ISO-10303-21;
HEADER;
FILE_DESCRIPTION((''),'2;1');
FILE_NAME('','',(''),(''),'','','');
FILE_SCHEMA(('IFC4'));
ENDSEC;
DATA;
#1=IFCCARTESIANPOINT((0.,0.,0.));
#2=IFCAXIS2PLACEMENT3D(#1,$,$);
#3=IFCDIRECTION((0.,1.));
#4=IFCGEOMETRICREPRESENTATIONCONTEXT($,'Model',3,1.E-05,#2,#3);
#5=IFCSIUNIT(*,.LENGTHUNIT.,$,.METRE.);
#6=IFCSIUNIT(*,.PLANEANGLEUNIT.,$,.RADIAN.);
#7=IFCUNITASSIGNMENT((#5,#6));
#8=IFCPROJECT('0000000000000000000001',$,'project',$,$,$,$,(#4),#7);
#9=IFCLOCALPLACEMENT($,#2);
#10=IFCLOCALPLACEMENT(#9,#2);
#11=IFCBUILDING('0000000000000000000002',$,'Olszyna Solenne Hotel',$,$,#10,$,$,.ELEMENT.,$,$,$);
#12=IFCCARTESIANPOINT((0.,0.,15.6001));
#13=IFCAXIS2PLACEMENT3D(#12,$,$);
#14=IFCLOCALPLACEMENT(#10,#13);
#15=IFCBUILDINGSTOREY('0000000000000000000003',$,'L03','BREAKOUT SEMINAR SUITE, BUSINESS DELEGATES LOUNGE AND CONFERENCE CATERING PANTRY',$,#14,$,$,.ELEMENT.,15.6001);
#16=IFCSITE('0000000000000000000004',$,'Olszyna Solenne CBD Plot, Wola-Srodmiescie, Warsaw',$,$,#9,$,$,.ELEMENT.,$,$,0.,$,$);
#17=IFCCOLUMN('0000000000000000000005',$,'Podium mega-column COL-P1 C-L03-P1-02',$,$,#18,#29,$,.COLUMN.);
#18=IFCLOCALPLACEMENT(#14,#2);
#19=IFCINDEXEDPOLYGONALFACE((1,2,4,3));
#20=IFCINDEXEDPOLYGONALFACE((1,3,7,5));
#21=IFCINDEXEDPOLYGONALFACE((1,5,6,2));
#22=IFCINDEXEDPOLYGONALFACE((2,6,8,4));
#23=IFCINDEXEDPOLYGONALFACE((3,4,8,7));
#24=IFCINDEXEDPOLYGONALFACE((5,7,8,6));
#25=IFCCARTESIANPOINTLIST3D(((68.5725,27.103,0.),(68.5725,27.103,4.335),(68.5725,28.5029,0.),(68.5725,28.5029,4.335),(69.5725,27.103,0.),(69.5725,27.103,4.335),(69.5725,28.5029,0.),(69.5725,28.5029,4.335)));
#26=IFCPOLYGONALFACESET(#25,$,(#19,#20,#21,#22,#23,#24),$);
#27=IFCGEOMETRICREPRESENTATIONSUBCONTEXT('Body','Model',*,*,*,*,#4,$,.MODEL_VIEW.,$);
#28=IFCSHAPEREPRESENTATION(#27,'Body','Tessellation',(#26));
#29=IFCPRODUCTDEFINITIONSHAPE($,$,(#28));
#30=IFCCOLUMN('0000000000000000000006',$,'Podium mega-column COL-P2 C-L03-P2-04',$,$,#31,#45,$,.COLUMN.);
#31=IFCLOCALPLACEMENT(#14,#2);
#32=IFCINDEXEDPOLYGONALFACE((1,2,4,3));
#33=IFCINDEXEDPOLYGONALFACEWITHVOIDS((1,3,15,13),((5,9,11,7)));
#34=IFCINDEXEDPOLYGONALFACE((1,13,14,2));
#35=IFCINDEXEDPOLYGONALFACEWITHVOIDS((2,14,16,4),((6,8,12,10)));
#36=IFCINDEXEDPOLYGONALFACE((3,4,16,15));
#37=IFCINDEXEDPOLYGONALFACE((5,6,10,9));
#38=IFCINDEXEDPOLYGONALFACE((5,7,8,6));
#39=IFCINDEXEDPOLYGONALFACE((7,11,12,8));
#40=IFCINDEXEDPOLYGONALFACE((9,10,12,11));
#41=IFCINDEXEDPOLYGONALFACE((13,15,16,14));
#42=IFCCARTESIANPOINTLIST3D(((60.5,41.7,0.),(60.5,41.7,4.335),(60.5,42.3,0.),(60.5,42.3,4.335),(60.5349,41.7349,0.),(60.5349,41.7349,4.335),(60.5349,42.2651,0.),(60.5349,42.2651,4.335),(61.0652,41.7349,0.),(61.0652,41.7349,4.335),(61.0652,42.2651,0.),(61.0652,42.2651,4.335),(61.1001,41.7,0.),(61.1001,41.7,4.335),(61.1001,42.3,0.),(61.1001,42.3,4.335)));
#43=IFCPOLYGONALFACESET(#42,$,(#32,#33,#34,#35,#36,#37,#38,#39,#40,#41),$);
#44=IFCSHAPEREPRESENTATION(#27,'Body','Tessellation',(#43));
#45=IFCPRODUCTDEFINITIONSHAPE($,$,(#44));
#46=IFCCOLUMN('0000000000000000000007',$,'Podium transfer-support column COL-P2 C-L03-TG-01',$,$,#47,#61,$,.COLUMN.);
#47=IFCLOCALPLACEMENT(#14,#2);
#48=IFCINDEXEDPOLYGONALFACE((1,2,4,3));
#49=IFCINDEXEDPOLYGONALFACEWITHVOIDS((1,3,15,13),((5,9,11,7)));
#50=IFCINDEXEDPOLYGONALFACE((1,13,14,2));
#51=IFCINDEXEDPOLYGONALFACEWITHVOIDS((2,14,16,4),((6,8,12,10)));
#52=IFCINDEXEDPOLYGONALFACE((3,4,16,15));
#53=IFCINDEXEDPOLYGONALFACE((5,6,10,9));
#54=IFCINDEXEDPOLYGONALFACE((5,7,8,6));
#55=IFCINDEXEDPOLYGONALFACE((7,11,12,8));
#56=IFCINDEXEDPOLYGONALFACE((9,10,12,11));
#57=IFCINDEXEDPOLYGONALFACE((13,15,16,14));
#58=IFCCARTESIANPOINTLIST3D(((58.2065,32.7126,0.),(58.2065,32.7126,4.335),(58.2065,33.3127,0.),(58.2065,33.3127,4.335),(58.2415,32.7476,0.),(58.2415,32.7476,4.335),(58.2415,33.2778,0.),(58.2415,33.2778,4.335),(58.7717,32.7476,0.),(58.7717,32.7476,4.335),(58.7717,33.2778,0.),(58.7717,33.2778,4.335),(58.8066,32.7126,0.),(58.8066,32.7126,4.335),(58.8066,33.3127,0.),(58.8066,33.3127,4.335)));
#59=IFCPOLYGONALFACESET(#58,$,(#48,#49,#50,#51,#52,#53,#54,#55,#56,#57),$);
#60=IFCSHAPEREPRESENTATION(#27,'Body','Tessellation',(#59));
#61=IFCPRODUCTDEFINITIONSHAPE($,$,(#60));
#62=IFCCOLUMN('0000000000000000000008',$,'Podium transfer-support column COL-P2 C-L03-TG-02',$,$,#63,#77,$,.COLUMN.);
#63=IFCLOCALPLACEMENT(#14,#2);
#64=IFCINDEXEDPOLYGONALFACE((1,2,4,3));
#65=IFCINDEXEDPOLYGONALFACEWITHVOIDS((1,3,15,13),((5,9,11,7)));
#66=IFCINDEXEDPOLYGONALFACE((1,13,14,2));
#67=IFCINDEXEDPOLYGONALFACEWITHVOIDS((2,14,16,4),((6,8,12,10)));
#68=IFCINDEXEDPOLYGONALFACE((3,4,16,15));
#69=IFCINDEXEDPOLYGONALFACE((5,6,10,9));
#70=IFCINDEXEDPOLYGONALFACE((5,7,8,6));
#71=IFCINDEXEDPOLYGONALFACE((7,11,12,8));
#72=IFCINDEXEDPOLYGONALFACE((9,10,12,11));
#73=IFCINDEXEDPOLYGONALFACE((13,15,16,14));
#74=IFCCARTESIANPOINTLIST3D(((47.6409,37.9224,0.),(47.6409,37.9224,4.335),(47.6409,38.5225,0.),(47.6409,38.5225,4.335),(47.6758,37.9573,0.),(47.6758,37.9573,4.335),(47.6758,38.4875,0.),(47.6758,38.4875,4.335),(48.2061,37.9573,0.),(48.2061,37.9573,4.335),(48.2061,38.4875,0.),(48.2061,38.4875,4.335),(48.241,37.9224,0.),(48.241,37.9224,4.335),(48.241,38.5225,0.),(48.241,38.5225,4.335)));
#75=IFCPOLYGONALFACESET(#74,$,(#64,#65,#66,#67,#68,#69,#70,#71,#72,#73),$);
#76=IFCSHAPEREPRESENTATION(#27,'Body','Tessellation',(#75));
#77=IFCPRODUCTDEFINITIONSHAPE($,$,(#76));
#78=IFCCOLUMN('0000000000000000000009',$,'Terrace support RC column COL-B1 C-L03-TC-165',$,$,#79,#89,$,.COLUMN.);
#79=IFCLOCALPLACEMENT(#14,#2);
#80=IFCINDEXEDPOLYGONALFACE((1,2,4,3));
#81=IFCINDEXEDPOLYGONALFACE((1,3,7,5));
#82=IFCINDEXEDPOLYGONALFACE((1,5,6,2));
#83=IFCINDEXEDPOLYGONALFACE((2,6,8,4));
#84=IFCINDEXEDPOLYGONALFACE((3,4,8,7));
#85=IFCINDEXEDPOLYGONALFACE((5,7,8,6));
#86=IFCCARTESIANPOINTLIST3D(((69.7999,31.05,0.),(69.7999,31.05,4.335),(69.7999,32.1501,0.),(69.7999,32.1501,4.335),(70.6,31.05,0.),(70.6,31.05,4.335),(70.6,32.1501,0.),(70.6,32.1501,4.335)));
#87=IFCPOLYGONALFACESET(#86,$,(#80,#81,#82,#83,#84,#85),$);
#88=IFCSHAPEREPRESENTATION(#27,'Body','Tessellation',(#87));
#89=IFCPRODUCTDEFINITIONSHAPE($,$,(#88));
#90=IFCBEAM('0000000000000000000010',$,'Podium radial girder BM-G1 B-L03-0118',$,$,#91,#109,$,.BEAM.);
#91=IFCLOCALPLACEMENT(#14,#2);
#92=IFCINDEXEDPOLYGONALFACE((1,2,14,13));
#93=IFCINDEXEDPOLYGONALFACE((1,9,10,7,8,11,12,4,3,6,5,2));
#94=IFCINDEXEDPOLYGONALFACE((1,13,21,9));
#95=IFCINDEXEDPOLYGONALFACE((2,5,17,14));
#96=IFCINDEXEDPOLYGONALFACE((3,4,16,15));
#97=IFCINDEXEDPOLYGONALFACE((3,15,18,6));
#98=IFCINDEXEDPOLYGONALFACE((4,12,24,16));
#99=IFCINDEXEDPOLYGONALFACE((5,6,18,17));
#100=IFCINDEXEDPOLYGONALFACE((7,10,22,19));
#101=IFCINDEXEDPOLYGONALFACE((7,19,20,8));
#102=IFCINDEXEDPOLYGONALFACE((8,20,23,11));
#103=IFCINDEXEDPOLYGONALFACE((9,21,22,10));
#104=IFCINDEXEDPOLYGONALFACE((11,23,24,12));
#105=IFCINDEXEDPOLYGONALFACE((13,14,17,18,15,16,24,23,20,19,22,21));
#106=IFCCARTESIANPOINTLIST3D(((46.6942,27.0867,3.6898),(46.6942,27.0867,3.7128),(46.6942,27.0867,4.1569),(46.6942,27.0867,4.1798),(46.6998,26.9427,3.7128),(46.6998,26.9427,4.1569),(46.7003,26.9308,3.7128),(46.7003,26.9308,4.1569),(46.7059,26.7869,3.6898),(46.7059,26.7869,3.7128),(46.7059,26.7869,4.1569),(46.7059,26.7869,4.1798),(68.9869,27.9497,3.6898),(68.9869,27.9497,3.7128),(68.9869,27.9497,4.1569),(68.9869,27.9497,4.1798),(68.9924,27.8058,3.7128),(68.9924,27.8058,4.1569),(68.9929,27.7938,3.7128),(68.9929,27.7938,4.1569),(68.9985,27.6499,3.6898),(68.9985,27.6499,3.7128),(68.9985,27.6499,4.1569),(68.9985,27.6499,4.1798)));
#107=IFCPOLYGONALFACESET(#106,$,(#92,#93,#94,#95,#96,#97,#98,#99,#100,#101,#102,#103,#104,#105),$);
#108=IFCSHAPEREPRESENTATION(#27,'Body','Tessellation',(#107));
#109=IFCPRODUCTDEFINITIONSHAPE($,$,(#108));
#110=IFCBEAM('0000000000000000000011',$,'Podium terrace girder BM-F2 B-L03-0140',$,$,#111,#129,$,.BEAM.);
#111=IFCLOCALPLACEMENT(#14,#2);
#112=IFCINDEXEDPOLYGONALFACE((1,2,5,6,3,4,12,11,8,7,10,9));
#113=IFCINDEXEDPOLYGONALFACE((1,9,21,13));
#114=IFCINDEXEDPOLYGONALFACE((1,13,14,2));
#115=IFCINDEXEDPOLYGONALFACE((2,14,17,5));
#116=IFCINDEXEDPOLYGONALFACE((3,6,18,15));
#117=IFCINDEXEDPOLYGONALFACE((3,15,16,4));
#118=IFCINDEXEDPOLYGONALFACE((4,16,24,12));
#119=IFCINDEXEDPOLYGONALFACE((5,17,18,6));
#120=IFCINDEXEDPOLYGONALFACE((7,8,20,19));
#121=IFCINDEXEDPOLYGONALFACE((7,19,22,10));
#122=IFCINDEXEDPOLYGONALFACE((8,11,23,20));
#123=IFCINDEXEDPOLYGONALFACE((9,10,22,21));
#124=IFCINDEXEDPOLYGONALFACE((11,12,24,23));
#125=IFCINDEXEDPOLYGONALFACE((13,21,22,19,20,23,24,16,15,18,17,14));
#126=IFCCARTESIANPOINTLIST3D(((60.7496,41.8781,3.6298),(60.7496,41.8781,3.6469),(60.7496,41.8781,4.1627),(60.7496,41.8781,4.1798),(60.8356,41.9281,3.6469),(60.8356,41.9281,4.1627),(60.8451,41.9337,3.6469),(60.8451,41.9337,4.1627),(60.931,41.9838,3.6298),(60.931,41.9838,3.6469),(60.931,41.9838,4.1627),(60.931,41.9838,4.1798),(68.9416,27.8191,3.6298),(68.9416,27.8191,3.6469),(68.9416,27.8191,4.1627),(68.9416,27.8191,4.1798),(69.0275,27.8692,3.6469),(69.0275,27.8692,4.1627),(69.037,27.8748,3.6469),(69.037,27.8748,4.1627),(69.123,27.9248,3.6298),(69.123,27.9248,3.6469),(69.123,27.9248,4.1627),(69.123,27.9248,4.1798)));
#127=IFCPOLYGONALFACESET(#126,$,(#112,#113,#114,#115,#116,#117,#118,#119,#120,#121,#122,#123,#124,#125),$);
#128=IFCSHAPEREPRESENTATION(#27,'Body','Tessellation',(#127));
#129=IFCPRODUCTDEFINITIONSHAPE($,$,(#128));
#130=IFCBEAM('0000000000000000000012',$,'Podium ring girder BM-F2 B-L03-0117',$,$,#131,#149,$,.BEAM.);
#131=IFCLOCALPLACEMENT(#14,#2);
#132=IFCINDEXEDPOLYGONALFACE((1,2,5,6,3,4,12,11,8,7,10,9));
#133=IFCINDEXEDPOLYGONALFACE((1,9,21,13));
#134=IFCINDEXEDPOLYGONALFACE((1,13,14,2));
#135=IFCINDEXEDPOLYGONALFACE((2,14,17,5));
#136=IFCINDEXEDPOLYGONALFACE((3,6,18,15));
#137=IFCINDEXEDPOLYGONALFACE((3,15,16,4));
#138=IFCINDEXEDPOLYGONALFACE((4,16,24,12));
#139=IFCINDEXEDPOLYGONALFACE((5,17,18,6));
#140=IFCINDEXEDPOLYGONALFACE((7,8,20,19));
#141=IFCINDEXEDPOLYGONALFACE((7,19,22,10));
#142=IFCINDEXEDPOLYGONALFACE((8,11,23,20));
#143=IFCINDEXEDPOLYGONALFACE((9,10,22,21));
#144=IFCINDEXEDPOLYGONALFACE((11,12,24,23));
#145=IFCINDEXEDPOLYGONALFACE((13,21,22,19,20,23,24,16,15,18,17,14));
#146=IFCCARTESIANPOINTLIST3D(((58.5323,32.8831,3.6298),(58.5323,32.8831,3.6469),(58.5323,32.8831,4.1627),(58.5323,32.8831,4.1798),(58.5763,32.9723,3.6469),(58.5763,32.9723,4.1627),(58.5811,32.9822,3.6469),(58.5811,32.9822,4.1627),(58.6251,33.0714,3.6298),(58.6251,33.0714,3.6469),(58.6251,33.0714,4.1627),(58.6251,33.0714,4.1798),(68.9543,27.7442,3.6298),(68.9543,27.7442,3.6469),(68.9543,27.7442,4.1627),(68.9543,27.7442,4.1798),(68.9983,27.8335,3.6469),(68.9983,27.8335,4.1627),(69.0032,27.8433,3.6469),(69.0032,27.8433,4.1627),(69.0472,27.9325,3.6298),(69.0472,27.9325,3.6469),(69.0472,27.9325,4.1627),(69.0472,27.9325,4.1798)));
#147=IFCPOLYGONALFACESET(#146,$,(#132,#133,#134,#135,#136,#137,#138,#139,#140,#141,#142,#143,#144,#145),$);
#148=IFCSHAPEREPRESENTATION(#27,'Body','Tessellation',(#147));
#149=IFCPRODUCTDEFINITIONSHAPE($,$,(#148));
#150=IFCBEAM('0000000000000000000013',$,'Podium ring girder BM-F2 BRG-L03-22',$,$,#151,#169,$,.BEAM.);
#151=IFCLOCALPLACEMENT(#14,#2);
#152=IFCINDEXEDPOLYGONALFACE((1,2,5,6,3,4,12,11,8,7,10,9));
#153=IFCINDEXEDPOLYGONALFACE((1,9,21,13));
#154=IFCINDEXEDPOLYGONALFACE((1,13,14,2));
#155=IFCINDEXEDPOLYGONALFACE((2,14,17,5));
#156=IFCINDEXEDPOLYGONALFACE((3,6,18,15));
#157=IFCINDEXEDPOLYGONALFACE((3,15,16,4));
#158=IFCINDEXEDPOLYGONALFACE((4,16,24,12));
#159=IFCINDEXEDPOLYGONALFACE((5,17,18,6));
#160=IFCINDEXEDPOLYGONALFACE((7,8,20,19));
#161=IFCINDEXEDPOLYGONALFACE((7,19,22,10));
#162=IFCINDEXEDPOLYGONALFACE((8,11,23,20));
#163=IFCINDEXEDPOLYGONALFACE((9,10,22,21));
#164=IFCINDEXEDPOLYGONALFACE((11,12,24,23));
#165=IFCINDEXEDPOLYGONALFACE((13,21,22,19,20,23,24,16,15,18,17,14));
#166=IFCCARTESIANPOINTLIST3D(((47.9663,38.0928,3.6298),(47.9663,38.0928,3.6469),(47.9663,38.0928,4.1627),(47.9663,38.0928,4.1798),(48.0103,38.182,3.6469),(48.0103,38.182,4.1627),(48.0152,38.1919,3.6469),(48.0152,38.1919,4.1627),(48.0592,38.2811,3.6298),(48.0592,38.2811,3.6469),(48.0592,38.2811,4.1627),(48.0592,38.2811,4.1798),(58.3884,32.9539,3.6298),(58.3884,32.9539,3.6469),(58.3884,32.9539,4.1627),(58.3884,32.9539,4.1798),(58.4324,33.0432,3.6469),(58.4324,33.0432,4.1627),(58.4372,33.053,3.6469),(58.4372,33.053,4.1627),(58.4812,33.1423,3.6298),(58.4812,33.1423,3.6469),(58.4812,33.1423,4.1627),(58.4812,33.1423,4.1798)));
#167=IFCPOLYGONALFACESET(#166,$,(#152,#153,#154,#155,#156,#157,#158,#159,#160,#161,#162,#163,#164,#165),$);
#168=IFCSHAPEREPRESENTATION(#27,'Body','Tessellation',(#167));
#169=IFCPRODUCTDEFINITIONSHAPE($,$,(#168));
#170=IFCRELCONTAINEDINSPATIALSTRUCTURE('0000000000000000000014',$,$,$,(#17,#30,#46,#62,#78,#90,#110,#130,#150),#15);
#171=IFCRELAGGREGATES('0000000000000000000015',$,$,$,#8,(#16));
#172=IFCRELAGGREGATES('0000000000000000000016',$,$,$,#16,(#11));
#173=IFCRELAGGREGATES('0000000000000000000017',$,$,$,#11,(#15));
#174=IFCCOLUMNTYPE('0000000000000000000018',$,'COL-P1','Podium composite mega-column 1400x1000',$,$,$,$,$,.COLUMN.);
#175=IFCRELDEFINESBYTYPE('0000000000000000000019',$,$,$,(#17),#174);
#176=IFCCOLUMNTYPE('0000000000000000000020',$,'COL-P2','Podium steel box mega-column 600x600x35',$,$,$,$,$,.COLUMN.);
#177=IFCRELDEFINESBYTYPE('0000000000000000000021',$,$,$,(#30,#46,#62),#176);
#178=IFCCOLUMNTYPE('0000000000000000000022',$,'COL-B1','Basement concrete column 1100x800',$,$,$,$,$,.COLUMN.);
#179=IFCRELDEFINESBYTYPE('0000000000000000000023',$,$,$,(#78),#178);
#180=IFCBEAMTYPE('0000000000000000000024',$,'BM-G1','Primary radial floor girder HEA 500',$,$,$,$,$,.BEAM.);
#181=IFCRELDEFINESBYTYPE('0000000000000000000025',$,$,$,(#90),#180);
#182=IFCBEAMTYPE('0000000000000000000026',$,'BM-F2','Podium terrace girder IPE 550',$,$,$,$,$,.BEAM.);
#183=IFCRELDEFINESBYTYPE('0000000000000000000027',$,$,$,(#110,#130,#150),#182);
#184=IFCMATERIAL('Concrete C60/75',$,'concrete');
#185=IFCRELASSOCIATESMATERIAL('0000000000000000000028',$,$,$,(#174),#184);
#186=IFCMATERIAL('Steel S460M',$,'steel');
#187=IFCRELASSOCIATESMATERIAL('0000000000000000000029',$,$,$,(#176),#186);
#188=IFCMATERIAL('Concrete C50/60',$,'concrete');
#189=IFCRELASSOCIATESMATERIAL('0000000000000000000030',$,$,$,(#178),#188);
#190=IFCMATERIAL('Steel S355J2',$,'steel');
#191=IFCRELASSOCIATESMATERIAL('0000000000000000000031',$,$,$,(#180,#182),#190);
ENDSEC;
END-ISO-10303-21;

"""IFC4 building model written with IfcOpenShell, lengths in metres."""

from ifc_helpers import new_model, si_unit, direction, frame, origin, origin_2d, place, context, subcontext, project, spatial, rectangle, hollow_rectangle, i_section, extrude, source, transform, mapped, material, material_profile, profile_set, type_object, element, save


model = new_model("IFC4")

# Units and contexts
model_context = context("Model", 3, precision=1e-05, world=origin(), true_north=direction((0.0, 1.0)))
body_context = subcontext(model_context, "Body", "Model", "MODEL_VIEW")
ifc_project = project(units=[si_unit("LENGTHUNIT", "METRE"), si_unit("PLANEANGLEUNIT", "RADIAN")], contexts=[model_context])

# Site, building, storey
site_placement = place(None, origin())
site = spatial("IfcSite", under=ifc_project, at=site_placement, Name="Olszyna Solenne CBD Plot, Wola-Srodmiescie, Warsaw", CompositionType="ELEMENT", RefElevation=0.0)
building_placement = place(site_placement, origin())
building = spatial("IfcBuilding", under=site, at=building_placement, Name="Olszyna Solenne Hotel", CompositionType="ELEMENT")
storey_placement = place(building_placement, frame((0.0, 0.0, 15.6001)))
storey = spatial("IfcBuildingStorey", under=building, at=storey_placement, Name="L03", Description="BREAKOUT SEMINAR SUITE, BUSINESS DELEGATES LOUNGE AND CONFERENCE CATERING PANTRY", CompositionType="ELEMENT", Elevation=15.6001)

# Columns
ifc_material_1 = material(Name="Concrete C60/75", Category="concrete")
ifc_material_profile_1 = material_profile(ifc_material_1, rectangle(XDim=1.0, YDim=1.3999, at=origin_2d()), Name="RC 1400x1000", Category="load-bearing")
ifc_profile_set_1 = profile_set([ifc_material_profile_1], Name="Concrete C60/75")
column_type_1 = type_object("IfcColumnType", Name="COL-P1", Description="Podium composite mega-column 1400x1000", PredefinedType="COLUMN", material=ifc_profile_set_1)
shared_shape_1 = source(origin(), body_context, "Body", "SweptSolid", [
    extrude(rectangle(XDim=1.0, YDim=1.3999, at=origin_2d()), origin(), (0.0, 0.0, 1.0), 4.335),
])
column_1_placement = place(storey_placement, frame((69.0725, 27.803, 0.0), z_axis=(0.0, 0.0, 1.0), x_axis=(1.0, 0.0, 0.0)))
element("IfcColumn", 1, at=column_1_placement, inside=storey, type_object=column_type_1, Name="Podium mega-column COL-P1 C-L03-P1-02", PredefinedType="COLUMN", context=body_context, shape_type="MappedRepresentation", body=[
    mapped(shared_shape_1, transform((0.0, 0.0, 0.0), x_axis=(1.0, 0.0, 0.0), y_axis=(0.0, 1.0, 0.0), z_axis=(0.0, 0.0, 1.0), scale=1.0)),
])
ifc_material_2 = material(Name="Steel S460M", Category="steel")
ifc_material_profile_2 = material_profile(ifc_material_2, hollow_rectangle(XDim=0.6001, YDim=0.6001, WallThickness=0.0349, at=origin_2d()), Name="SHS 600x600x35", Category="load-bearing")
ifc_profile_set_2 = profile_set([ifc_material_profile_2], Name="Steel S460M")
column_type_2 = type_object("IfcColumnType", Name="COL-P2", Description="Podium steel box mega-column 600x600x35", PredefinedType="COLUMN", material=ifc_profile_set_2)
shared_shape_2 = source(origin(), body_context, "Body", "SweptSolid", [
    extrude(hollow_rectangle(XDim=0.6001, YDim=0.6001, WallThickness=0.0349, at=origin_2d()), origin(), (0.0, 0.0, 1.0), 4.335),
])
for number, where, z_axis, x_axis, name in (
    (2, (60.8, 42.0, 0.0), (0.0, 0.0, 1.0), (1.0, 0.0, 0.0), "Podium mega-column COL-P2 C-L03-P2-04"),
    (3, (58.5066, 33.0127, 0.0), (0.0, 0.0, 1.0), (1.0, 0.0, 0.0), "Podium transfer-support column COL-P2 C-L03-TG-01"),
    (4, (47.9409, 38.2224, 0.0), (0.0, 0.0, 1.0), (1.0, 0.0, 0.0), "Podium transfer-support column COL-P2 C-L03-TG-02"),
):
    element("IfcColumn", number, at=place(storey_placement, frame(where, z_axis=z_axis, x_axis=x_axis)), inside=storey, type_object=column_type_2, Name=name, PredefinedType="COLUMN", context=body_context, shape_type="MappedRepresentation", body=[
        mapped(shared_shape_2, transform((0.0, 0.0, 0.0), x_axis=(1.0, 0.0, 0.0), y_axis=(0.0, 1.0, 0.0), z_axis=(0.0, 0.0, 1.0), scale=1.0)),
    ])
ifc_material_3 = material(Name="Concrete C50/60", Category="concrete")
ifc_material_profile_3 = material_profile(ifc_material_3, rectangle(XDim=0.8, YDim=1.1001, at=origin_2d()), Name="RC 1100x800", Category="load-bearing")
ifc_profile_set_3 = profile_set([ifc_material_profile_3], Name="Concrete C50/60")
column_type_3 = type_object("IfcColumnType", Name="COL-B1", Description="Basement concrete column 1100x800", PredefinedType="COLUMN", material=ifc_profile_set_3)
shared_shape_3 = source(origin(), body_context, "Body", "SweptSolid", [
    extrude(rectangle(XDim=0.8, YDim=1.1001, at=origin_2d()), origin(), (0.0, 0.0, 1.0), 4.335),
])
column_2_placement = place(storey_placement, frame((70.2, 31.6001, 0.0), z_axis=(0.0, 0.0, 1.0), x_axis=(1.0, 0.0, 0.0)))
element("IfcColumn", 5, at=column_2_placement, inside=storey, type_object=column_type_3, Name="Terrace support RC column COL-B1 C-L03-TC-165", PredefinedType="COLUMN", context=body_context, shape_type="MappedRepresentation", body=[
    mapped(shared_shape_3, transform((0.0, 0.0, 0.0), x_axis=(1.0, 0.0, 0.0), y_axis=(0.0, 1.0, 0.0), z_axis=(0.0, 0.0, 1.0), scale=1.0)),
])

# Beams
ifc_material_4 = material(Name="Steel S355J2", Category="steel")
ifc_material_profile_4 = material_profile(ifc_material_4, i_section(OverallWidth=0.3, OverallDepth=0.49, WebThickness=0.012, FlangeThickness=0.0229, at=origin_2d()), Name="HEA 500", Category="load-bearing")
ifc_profile_set_4 = profile_set([ifc_material_profile_4], Name="Steel S355J2")
beam_type_1 = type_object("IfcBeamType", Name="BM-G1", Description="Primary radial floor girder HEA 500", PredefinedType="BEAM", material=ifc_profile_set_4)
shared_shape_4 = source(origin(), body_context, "Body", "SweptSolid", [
    extrude(i_section(OverallWidth=0.3, OverallDepth=0.49, WebThickness=0.012, FlangeThickness=0.0229, at=origin_2d()), origin(), (0.0, 0.0, 1.0), 22.3093),
])
beam_1_placement = place(storey_placement, frame((68.9927, 27.7998, 3.9348), z_axis=(-0.999251, -0.038685, 0.0), x_axis=(0.038685, -0.999251, 0.0)))
element("IfcBeam", 6, at=beam_1_placement, inside=storey, type_object=beam_type_1, Name="Podium radial girder BM-G1 B-L03-0118", PredefinedType="BEAM", context=body_context, shape_type="MappedRepresentation", body=[
    mapped(shared_shape_4, transform((0.0, 0.0, 0.0), x_axis=(1.0, 0.0, 0.0), y_axis=(0.0, 1.0, 0.0), z_axis=(0.0, 0.0, 1.0), scale=1.0)),
])
ifc_material_profile_5 = material_profile(ifc_material_4, i_section(OverallWidth=0.21, OverallDepth=0.55, WebThickness=0.011, FlangeThickness=0.0171, at=origin_2d()), Name="IPE 550", Category="load-bearing")
ifc_profile_set_5 = profile_set([ifc_material_profile_5], Name="Steel S355J2")
beam_type_2 = type_object("IfcBeamType", Name="BM-F2", Description="Podium terrace girder IPE 550", PredefinedType="BEAM", material=ifc_profile_set_5)
shared_shape_5 = source(origin(), body_context, "Body", "SweptSolid", [
    extrude(i_section(OverallWidth=0.21, OverallDepth=0.55, WebThickness=0.011, FlangeThickness=0.0171, at=origin_2d()), origin(), (0.0, 0.0, 1.0), 16.2715),
])
beam_2_placement = place(storey_placement, frame((60.8403, 41.9309, 3.9048), z_axis=(0.503454, -0.864022, 0.0), x_axis=(0.864022, 0.503454, 0.0)))
element("IfcBeam", 7, at=beam_2_placement, inside=storey, type_object=beam_type_2, Name="Podium terrace girder BM-F2 B-L03-0140", PredefinedType="BEAM", context=body_context, shape_type="MappedRepresentation", body=[
    mapped(shared_shape_5, transform((0.0, 0.0, 0.0), x_axis=(1.0, 0.0, 0.0), y_axis=(0.0, 1.0, 0.0), z_axis=(0.0, 0.0, 1.0), scale=1.0)),
])
shared_shape_6 = source(origin(), body_context, "Body", "SweptSolid", [
    extrude(i_section(OverallWidth=0.21, OverallDepth=0.55, WebThickness=0.011, FlangeThickness=0.0171, at=origin_2d()), origin(), (0.0, 0.0, 1.0), 11.6201),
])
for number, where, z_axis, x_axis, name in (
    (8, (69.0007, 27.8384, 3.9048), (-0.896897, 0.44224, 0.0), (-0.44224, -0.896897, 0.0), "Podium ring girder BM-F2 B-L03-0117"),
    (9, (58.4348, 33.0481, 3.9048), (-0.896897, 0.44224, 0.0), (-0.44224, -0.896897, 0.0), "Podium ring girder BM-F2 BRG-L03-22"),
):
    element("IfcBeam", number, at=place(storey_placement, frame(where, z_axis=z_axis, x_axis=x_axis)), inside=storey, type_object=beam_type_2, Name=name, PredefinedType="BEAM", context=body_context, shape_type="MappedRepresentation", body=[
        mapped(shared_shape_6, transform((0.0, 0.0, 0.0), x_axis=(1.0, 0.0, 0.0), y_axis=(0.0, 1.0, 0.0), z_axis=(0.0, 0.0, 1.0), scale=1.0)),
    ])

save(model, "model.ifc")
